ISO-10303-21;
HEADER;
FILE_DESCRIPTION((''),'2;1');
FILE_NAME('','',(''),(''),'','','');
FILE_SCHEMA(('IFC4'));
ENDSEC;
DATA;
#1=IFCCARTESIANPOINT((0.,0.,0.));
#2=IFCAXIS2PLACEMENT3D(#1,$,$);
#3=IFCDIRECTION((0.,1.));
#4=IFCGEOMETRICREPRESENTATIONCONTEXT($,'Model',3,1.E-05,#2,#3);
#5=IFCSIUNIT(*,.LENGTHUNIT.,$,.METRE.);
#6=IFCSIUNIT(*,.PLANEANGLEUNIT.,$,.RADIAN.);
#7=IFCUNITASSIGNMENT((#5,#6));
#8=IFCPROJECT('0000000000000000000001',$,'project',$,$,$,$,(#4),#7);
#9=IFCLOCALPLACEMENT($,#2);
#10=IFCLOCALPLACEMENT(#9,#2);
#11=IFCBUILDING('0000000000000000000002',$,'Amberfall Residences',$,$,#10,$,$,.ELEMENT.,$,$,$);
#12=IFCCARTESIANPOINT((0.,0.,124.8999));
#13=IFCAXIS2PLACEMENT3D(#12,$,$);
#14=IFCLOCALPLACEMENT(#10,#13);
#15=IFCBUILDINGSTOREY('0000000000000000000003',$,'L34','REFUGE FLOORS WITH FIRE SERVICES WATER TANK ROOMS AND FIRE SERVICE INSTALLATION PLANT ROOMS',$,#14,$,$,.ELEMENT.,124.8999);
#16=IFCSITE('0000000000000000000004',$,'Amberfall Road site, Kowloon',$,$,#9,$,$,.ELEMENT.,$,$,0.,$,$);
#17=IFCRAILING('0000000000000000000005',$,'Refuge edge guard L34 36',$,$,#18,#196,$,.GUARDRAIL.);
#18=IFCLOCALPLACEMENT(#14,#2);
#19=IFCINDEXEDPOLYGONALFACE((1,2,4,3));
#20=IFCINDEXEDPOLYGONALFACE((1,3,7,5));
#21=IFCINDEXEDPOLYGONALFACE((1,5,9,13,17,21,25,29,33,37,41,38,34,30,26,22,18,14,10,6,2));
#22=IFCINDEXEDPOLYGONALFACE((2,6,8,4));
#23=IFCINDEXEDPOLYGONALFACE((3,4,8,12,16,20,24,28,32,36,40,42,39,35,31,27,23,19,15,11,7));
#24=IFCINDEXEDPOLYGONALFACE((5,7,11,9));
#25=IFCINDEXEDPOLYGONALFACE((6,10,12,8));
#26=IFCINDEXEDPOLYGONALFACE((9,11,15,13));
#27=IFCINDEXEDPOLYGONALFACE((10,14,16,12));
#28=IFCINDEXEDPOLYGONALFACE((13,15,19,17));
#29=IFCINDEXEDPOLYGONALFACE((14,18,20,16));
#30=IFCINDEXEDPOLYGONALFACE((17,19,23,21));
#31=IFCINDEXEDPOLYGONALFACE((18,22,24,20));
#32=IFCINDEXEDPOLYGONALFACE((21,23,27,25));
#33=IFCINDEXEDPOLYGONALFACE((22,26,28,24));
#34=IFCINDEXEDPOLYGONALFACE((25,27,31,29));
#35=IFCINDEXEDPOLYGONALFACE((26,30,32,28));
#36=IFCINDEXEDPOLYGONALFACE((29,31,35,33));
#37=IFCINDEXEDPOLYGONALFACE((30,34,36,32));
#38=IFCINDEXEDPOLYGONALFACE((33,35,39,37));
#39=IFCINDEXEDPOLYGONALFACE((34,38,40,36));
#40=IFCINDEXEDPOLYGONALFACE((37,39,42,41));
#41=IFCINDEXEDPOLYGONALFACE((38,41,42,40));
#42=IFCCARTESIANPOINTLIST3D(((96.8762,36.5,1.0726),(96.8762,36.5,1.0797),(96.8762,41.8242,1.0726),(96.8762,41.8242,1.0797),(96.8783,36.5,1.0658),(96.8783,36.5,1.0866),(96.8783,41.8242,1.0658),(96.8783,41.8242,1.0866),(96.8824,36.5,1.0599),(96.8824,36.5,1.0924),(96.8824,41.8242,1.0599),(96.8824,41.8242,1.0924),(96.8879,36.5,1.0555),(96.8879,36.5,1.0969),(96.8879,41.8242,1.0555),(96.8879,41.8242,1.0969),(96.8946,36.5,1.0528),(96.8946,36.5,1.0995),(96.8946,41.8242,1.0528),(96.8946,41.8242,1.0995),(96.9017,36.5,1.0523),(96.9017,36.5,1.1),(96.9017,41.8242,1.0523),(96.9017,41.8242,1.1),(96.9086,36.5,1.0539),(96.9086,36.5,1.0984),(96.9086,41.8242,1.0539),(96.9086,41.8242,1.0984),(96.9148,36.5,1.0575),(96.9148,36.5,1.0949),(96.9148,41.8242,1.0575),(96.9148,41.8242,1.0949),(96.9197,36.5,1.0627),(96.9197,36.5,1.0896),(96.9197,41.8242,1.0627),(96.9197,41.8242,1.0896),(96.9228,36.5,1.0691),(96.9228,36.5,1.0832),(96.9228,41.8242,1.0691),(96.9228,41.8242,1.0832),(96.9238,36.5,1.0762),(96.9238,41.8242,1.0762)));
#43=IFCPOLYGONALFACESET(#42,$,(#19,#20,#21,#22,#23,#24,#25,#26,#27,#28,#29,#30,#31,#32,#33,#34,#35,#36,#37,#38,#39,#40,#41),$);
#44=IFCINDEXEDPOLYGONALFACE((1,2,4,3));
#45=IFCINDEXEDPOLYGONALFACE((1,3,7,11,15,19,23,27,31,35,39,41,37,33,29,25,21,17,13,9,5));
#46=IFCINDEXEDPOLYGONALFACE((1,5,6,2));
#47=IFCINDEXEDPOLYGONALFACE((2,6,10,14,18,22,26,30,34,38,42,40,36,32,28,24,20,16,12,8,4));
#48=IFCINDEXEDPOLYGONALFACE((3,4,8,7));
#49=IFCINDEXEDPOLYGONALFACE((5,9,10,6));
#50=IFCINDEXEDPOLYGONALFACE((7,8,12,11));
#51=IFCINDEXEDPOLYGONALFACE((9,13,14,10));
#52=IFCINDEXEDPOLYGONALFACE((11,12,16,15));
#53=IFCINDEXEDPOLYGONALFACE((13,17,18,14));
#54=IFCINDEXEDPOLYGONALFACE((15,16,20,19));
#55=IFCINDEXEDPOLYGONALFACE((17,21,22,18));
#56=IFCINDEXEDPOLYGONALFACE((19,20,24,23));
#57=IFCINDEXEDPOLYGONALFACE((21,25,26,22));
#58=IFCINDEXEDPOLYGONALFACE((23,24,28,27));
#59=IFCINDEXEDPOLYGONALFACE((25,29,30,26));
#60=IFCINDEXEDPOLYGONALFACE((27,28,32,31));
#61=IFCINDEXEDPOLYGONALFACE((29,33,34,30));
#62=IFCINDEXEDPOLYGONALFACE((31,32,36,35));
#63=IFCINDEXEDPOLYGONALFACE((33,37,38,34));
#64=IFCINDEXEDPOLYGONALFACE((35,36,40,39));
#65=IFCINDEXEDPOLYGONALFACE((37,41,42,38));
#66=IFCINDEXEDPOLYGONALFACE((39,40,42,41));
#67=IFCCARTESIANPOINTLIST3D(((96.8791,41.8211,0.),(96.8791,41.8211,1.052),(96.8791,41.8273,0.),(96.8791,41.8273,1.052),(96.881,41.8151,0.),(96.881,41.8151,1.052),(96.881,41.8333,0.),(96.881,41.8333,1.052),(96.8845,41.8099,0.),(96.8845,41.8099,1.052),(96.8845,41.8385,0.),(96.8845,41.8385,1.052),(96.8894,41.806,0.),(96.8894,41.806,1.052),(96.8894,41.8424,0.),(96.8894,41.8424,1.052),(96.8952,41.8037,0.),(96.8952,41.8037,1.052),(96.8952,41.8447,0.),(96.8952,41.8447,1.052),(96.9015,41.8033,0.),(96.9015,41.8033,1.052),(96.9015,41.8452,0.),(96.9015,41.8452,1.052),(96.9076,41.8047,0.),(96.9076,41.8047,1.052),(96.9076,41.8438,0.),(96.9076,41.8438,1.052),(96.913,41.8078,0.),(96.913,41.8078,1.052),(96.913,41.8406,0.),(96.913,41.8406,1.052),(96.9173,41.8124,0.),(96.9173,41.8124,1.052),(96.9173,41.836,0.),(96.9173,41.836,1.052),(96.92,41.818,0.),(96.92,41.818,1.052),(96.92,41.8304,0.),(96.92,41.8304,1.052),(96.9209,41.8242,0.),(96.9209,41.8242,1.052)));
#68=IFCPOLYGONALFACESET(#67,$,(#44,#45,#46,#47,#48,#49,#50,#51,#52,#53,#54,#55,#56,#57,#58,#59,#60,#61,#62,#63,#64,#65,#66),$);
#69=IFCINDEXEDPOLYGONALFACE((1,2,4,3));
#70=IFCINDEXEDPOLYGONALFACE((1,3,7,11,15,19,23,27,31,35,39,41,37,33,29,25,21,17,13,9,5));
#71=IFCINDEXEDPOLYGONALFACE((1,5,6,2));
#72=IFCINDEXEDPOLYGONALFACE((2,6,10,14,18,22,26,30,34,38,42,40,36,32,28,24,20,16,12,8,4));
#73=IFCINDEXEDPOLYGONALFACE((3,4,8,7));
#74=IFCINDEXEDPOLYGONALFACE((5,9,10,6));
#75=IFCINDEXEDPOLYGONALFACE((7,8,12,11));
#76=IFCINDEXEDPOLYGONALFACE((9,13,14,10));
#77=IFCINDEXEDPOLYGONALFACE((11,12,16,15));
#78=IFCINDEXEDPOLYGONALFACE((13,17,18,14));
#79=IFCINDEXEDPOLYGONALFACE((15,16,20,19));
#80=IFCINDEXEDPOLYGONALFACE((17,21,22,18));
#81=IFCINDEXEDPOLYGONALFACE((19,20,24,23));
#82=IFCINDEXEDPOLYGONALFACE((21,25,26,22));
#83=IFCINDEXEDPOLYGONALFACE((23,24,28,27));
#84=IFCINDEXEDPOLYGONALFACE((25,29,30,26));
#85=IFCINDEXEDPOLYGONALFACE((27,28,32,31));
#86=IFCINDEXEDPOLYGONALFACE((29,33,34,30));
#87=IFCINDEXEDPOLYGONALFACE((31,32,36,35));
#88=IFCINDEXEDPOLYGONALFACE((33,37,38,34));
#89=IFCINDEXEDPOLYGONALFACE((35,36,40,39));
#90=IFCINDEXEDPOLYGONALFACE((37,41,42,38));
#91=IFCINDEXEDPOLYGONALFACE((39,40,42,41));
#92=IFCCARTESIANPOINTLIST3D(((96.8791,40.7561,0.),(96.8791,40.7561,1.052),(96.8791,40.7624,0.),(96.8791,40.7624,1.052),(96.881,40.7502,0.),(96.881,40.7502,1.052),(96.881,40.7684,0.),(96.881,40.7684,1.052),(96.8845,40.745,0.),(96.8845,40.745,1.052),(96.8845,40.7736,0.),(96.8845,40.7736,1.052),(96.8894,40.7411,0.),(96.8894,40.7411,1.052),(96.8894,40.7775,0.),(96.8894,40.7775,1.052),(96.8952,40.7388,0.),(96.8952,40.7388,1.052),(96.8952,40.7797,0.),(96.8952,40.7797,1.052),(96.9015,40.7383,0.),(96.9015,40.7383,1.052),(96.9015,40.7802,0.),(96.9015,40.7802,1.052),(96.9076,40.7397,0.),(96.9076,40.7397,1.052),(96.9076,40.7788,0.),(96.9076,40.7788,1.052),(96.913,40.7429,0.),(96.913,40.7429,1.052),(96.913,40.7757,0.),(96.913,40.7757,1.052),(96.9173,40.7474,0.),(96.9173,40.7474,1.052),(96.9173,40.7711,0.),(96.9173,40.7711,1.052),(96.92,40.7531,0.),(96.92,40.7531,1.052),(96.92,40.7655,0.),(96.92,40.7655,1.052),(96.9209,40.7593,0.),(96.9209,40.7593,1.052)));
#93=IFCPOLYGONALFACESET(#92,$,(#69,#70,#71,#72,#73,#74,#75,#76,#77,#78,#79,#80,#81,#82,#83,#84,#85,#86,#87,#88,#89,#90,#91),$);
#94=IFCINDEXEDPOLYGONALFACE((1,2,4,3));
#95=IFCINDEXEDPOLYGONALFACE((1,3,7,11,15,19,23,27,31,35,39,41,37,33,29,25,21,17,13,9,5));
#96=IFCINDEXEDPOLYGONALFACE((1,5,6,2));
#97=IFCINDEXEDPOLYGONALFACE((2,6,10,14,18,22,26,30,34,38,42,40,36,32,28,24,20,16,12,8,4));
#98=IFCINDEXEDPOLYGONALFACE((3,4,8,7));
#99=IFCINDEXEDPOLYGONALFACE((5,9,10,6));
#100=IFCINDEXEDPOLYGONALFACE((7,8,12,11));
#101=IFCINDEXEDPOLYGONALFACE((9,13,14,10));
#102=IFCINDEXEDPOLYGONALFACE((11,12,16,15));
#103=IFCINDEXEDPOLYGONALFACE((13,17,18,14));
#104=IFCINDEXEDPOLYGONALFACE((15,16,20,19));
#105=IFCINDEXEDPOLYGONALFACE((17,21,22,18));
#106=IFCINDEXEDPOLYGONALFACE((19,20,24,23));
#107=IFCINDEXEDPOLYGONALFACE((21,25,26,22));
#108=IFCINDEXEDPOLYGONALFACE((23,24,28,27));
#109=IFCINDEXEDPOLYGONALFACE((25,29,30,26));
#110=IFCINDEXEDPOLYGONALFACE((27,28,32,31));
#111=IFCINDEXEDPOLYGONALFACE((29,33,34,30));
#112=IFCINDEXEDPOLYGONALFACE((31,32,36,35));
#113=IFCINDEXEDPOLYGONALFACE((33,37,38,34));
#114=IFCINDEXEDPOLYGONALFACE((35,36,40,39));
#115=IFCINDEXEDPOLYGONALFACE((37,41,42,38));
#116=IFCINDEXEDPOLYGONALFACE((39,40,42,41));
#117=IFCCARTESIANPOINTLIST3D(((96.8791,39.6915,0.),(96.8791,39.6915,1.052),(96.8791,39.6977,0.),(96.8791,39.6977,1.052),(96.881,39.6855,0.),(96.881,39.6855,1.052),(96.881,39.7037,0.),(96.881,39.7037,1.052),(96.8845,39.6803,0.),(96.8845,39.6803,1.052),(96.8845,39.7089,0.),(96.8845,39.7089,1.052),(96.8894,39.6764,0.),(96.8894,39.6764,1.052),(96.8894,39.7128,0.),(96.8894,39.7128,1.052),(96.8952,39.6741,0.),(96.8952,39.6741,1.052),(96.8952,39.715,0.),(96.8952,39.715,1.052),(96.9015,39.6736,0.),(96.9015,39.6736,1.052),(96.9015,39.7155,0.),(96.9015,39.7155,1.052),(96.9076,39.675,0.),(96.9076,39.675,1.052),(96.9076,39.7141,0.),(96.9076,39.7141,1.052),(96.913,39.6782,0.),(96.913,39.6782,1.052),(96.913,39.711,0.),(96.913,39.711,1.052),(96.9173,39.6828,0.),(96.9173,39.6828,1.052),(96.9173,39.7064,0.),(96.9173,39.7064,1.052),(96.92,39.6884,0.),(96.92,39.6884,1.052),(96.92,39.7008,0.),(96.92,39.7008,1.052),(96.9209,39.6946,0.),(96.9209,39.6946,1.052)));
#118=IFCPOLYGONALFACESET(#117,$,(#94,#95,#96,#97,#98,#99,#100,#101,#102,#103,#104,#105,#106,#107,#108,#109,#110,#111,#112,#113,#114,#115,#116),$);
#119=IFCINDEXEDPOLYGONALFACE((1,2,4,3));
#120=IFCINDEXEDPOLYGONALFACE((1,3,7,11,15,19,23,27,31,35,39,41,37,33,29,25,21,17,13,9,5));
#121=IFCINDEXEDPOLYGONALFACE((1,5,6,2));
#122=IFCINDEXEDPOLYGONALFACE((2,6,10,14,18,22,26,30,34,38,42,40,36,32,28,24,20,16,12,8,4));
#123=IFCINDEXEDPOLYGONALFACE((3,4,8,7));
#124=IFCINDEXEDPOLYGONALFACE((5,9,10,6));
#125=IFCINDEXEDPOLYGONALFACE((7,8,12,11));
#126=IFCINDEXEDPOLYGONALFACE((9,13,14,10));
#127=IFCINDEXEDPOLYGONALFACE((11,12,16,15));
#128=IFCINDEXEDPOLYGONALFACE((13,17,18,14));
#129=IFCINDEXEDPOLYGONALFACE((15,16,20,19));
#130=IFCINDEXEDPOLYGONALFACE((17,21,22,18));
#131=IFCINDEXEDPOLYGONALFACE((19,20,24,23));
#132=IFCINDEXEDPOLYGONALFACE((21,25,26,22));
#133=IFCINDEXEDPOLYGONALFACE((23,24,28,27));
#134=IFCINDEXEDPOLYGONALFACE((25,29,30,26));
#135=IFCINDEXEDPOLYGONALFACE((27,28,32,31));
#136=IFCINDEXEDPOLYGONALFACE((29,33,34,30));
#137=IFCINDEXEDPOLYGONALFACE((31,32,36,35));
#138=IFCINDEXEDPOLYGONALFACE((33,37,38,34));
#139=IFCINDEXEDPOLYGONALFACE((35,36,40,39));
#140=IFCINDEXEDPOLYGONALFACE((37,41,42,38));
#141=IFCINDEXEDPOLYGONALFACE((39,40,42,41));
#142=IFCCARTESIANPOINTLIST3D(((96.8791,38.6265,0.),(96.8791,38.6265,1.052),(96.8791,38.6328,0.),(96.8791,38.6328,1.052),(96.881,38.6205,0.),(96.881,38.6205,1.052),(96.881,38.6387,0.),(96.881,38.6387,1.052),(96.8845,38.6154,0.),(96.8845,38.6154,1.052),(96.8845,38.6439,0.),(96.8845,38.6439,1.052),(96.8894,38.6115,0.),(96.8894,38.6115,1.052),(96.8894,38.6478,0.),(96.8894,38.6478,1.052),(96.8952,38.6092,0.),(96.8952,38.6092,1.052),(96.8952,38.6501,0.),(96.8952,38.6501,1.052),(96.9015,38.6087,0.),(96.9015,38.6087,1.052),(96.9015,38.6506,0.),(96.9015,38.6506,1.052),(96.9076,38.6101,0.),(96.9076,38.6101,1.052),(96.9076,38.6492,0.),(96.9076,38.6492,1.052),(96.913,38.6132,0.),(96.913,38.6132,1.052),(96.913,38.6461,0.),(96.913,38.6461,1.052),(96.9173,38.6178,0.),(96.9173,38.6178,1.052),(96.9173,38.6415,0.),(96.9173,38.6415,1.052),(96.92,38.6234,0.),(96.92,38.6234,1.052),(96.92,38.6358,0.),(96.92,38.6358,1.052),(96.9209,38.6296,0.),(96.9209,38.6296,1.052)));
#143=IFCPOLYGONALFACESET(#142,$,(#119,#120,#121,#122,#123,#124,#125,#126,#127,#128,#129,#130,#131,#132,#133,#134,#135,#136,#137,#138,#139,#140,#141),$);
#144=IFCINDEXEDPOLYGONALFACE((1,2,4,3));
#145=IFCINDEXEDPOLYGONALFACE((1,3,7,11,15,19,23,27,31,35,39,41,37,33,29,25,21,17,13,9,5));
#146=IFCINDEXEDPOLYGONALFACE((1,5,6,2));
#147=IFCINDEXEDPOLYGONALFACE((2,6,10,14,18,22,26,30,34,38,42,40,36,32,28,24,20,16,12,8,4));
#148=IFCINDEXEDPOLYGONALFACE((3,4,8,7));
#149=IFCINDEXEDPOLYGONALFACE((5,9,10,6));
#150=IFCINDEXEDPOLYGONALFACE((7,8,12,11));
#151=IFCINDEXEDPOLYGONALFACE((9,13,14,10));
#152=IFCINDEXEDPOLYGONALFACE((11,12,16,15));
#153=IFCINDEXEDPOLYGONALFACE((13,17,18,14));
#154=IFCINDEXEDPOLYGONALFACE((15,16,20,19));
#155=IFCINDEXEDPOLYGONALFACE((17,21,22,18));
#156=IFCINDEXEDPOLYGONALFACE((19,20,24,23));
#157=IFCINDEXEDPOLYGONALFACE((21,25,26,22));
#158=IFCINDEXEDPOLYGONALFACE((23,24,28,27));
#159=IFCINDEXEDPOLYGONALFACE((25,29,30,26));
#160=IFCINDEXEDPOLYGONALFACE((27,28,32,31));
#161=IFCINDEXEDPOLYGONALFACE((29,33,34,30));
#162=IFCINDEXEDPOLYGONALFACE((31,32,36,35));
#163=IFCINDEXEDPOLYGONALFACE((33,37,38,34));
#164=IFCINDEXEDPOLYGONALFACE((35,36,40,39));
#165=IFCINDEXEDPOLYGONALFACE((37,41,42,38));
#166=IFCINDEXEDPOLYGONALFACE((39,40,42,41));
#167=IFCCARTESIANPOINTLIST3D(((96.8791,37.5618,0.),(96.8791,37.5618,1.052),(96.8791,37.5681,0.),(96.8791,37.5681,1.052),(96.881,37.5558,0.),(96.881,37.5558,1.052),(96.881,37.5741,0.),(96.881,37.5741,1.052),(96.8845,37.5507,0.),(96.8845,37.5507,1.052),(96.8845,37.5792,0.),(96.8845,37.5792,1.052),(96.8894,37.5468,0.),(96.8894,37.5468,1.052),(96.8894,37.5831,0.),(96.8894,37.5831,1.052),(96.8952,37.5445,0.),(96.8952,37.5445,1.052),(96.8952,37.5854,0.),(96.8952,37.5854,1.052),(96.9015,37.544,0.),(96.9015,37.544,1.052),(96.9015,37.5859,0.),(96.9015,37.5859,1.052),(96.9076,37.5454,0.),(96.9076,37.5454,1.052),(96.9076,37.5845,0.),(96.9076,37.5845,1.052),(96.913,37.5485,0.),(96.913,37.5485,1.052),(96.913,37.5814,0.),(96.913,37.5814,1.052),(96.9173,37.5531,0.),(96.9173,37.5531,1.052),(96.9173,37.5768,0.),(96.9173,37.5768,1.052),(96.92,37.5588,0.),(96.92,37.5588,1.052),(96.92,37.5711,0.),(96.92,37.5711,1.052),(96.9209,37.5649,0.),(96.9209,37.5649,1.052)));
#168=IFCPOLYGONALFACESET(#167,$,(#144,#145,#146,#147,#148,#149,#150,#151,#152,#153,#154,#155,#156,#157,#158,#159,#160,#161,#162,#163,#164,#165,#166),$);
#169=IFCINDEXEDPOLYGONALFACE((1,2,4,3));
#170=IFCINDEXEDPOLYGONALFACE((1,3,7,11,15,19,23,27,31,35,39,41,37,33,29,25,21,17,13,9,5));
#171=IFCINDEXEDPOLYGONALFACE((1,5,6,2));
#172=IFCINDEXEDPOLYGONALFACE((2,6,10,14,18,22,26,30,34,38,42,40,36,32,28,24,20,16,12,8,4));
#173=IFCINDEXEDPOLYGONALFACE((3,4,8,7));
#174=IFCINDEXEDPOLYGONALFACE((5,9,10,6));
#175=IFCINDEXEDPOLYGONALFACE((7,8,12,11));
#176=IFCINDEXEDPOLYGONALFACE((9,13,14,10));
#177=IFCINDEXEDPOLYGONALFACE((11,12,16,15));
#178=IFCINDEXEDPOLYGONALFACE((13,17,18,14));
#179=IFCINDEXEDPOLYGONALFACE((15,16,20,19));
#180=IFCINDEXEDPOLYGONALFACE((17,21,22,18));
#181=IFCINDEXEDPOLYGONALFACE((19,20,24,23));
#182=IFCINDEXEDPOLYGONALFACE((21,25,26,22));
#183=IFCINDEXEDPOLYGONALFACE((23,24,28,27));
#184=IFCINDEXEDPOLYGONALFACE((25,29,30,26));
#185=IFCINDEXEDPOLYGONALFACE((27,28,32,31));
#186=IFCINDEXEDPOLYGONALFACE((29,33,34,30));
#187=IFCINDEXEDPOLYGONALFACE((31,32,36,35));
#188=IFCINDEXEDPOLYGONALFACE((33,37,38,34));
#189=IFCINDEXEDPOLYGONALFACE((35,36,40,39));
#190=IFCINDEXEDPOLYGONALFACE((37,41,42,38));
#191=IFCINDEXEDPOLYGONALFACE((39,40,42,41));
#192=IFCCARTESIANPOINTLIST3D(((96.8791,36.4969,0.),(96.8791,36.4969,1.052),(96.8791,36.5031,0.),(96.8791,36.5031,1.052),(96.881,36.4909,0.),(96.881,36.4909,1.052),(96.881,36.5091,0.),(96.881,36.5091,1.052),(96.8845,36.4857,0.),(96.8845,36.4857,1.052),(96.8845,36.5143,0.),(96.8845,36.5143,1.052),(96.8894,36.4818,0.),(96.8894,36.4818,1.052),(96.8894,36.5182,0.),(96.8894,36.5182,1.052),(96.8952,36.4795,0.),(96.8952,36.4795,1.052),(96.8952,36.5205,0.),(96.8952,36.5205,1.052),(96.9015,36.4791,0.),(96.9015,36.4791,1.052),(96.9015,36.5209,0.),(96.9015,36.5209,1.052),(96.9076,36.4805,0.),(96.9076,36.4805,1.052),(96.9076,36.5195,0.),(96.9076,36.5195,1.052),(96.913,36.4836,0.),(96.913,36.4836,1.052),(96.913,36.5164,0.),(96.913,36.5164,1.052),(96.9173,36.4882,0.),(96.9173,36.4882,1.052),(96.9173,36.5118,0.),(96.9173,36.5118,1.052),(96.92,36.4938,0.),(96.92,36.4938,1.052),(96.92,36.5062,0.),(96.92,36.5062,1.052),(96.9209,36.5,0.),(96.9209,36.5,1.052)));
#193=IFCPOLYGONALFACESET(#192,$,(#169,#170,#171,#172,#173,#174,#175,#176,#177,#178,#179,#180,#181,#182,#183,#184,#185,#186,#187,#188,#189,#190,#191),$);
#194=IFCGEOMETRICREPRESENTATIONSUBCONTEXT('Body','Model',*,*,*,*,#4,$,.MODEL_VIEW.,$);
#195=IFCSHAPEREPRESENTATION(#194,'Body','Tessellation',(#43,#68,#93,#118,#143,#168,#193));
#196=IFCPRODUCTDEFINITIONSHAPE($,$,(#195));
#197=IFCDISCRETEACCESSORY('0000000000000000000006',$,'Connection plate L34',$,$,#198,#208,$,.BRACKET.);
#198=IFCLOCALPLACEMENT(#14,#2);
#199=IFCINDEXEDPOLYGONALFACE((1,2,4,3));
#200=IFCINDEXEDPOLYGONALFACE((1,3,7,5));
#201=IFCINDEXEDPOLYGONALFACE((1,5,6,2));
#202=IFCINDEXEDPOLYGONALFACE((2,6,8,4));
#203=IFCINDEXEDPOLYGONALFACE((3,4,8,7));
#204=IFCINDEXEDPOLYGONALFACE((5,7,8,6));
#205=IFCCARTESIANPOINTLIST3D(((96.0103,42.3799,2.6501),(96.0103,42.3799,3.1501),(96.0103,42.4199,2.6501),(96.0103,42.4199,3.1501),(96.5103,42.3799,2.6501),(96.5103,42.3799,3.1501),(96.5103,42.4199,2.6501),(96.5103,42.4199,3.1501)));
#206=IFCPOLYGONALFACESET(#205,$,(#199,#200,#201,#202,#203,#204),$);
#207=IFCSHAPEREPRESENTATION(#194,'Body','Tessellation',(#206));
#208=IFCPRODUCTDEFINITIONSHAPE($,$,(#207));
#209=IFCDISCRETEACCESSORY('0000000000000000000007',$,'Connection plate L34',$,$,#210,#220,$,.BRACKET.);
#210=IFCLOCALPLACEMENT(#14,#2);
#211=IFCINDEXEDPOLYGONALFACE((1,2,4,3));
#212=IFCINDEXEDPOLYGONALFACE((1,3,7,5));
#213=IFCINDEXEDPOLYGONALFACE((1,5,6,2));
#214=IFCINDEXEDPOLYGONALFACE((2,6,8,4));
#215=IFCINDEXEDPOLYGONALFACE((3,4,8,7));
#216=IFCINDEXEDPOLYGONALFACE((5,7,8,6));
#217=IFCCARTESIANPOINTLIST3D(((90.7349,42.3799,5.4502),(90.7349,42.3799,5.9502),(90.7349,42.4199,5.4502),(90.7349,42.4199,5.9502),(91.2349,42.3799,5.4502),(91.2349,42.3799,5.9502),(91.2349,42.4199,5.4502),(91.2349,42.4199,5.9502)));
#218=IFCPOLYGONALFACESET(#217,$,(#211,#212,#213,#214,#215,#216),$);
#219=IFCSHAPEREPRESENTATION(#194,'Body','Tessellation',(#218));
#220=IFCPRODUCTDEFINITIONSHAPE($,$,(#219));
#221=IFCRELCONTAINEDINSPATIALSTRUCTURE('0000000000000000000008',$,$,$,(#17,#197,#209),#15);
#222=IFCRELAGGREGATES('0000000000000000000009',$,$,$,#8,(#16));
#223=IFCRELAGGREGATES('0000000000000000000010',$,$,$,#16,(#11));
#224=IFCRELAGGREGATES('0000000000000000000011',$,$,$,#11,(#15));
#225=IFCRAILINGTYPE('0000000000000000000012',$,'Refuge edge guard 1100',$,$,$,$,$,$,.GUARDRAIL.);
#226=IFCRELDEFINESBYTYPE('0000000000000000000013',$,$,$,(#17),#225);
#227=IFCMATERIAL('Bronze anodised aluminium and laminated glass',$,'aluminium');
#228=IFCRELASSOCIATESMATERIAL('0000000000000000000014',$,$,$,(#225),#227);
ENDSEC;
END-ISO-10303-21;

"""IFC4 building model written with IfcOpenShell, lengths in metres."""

from ifc_helpers import new_model, si_unit, direction, frame, origin, origin_2d, place, context, subcontext, project, spatial, rectangle, circle, extrude, material, type_object, element, save


model = new_model("IFC4")

# Units and contexts
model_context = context("Model", 3, precision=1e-05, world=origin(), true_north=direction((0.0, 1.0)))
body_context = subcontext(model_context, "Body", "Model", "MODEL_VIEW")
ifc_project = project(units=[si_unit("LENGTHUNIT", "METRE"), si_unit("PLANEANGLEUNIT", "RADIAN")], contexts=[model_context])

# Site, building, storey
site_placement = place(None, origin())
site = spatial("IfcSite", under=ifc_project, at=site_placement, Name="Amberfall Road site, Kowloon", CompositionType="ELEMENT", RefElevation=0.0)
building_placement = place(site_placement, origin())
building = spatial("IfcBuilding", under=site, at=building_placement, Name="Amberfall Residences", CompositionType="ELEMENT")
storey_placement = place(building_placement, frame((0.0, 0.0, 124.8999)))
storey = spatial("IfcBuildingStorey", under=building, at=storey_placement, Name="L34", Description="REFUGE FLOORS WITH FIRE SERVICES WATER TANK ROOMS AND FIRE SERVICE INSTALLATION PLANT ROOMS", CompositionType="ELEMENT", Elevation=124.8999)

# Railing
ifc_material_1 = material(Name="Bronze anodised aluminium and laminated glass", Category="aluminium")
railing_type = type_object("IfcRailingType", Name="Refuge edge guard 1100", PredefinedType="GUARDRAIL", material=ifc_material_1)
railing_1_placement = place(storey_placement, frame((96.8999, 41.8242, 0.0)))
element("IfcRailing", 1, at=railing_1_placement, inside=storey, type_object=railing_type, Name="Refuge edge guard L34 36", PredefinedType="GUARDRAIL", context=body_context, shape_type="SweptSolid", body=[
    extrude(circle(Radius=0.0239, at=origin_2d()), frame((0.0, 0.0, 1.0762), z_axis=(0.0, -1.0, 0.0), x_axis=(1.0, 0.0, 0.0)), (0.0, 0.0, 1.0), 5.3242),
    extrude(circle(Radius=0.021, at=origin_2d()), origin(), (0.0, 0.0, 1.0), 1.052),
    extrude(circle(Radius=0.021, at=origin_2d()), frame((0.0, -1.0649, 0.0)), (0.0, 0.0, 1.0), 1.052),
    extrude(circle(Radius=0.021, at=origin_2d()), frame((0.0, -2.1296, 0.0)), (0.0, 0.0, 1.0), 1.052),
    extrude(circle(Radius=0.021, at=origin_2d()), frame((0.0, -3.1946, 0.0)), (0.0, 0.0, 1.0), 1.052),
    extrude(circle(Radius=0.021, at=origin_2d()), frame((0.0, -4.2593, 0.0)), (0.0, 0.0, 1.0), 1.052),
    extrude(circle(Radius=0.021, at=origin_2d()), frame((0.0, -5.3242, 0.0)), (0.0, 0.0, 1.0), 1.052),
])

# Discrete accessories
for number, where, z_axis, x_axis, name in (
    (2, (96.2603, 42.3999, 2.6501), (0.0, 0.0, 1.0), (1.0, 0.0, 0.0), "Connection plate L34"),
    (3, (90.9849, 42.3999, 5.4502), (0.0, 0.0, 1.0), (1.0, 0.0, 0.0), "Connection plate L34"),
):
    element("IfcDiscreteAccessory", number, at=place(storey_placement, frame(where, z_axis=z_axis, x_axis=x_axis)), inside=storey, Name=name, PredefinedType="BRACKET", context=body_context, shape_type="SweptSolid", body=[
        extrude(rectangle(XDim=0.5, YDim=0.04, at=origin_2d()), origin(), (0.0, 0.0, 1.0), 0.5),
    ])

save(model, "model.ifc")
